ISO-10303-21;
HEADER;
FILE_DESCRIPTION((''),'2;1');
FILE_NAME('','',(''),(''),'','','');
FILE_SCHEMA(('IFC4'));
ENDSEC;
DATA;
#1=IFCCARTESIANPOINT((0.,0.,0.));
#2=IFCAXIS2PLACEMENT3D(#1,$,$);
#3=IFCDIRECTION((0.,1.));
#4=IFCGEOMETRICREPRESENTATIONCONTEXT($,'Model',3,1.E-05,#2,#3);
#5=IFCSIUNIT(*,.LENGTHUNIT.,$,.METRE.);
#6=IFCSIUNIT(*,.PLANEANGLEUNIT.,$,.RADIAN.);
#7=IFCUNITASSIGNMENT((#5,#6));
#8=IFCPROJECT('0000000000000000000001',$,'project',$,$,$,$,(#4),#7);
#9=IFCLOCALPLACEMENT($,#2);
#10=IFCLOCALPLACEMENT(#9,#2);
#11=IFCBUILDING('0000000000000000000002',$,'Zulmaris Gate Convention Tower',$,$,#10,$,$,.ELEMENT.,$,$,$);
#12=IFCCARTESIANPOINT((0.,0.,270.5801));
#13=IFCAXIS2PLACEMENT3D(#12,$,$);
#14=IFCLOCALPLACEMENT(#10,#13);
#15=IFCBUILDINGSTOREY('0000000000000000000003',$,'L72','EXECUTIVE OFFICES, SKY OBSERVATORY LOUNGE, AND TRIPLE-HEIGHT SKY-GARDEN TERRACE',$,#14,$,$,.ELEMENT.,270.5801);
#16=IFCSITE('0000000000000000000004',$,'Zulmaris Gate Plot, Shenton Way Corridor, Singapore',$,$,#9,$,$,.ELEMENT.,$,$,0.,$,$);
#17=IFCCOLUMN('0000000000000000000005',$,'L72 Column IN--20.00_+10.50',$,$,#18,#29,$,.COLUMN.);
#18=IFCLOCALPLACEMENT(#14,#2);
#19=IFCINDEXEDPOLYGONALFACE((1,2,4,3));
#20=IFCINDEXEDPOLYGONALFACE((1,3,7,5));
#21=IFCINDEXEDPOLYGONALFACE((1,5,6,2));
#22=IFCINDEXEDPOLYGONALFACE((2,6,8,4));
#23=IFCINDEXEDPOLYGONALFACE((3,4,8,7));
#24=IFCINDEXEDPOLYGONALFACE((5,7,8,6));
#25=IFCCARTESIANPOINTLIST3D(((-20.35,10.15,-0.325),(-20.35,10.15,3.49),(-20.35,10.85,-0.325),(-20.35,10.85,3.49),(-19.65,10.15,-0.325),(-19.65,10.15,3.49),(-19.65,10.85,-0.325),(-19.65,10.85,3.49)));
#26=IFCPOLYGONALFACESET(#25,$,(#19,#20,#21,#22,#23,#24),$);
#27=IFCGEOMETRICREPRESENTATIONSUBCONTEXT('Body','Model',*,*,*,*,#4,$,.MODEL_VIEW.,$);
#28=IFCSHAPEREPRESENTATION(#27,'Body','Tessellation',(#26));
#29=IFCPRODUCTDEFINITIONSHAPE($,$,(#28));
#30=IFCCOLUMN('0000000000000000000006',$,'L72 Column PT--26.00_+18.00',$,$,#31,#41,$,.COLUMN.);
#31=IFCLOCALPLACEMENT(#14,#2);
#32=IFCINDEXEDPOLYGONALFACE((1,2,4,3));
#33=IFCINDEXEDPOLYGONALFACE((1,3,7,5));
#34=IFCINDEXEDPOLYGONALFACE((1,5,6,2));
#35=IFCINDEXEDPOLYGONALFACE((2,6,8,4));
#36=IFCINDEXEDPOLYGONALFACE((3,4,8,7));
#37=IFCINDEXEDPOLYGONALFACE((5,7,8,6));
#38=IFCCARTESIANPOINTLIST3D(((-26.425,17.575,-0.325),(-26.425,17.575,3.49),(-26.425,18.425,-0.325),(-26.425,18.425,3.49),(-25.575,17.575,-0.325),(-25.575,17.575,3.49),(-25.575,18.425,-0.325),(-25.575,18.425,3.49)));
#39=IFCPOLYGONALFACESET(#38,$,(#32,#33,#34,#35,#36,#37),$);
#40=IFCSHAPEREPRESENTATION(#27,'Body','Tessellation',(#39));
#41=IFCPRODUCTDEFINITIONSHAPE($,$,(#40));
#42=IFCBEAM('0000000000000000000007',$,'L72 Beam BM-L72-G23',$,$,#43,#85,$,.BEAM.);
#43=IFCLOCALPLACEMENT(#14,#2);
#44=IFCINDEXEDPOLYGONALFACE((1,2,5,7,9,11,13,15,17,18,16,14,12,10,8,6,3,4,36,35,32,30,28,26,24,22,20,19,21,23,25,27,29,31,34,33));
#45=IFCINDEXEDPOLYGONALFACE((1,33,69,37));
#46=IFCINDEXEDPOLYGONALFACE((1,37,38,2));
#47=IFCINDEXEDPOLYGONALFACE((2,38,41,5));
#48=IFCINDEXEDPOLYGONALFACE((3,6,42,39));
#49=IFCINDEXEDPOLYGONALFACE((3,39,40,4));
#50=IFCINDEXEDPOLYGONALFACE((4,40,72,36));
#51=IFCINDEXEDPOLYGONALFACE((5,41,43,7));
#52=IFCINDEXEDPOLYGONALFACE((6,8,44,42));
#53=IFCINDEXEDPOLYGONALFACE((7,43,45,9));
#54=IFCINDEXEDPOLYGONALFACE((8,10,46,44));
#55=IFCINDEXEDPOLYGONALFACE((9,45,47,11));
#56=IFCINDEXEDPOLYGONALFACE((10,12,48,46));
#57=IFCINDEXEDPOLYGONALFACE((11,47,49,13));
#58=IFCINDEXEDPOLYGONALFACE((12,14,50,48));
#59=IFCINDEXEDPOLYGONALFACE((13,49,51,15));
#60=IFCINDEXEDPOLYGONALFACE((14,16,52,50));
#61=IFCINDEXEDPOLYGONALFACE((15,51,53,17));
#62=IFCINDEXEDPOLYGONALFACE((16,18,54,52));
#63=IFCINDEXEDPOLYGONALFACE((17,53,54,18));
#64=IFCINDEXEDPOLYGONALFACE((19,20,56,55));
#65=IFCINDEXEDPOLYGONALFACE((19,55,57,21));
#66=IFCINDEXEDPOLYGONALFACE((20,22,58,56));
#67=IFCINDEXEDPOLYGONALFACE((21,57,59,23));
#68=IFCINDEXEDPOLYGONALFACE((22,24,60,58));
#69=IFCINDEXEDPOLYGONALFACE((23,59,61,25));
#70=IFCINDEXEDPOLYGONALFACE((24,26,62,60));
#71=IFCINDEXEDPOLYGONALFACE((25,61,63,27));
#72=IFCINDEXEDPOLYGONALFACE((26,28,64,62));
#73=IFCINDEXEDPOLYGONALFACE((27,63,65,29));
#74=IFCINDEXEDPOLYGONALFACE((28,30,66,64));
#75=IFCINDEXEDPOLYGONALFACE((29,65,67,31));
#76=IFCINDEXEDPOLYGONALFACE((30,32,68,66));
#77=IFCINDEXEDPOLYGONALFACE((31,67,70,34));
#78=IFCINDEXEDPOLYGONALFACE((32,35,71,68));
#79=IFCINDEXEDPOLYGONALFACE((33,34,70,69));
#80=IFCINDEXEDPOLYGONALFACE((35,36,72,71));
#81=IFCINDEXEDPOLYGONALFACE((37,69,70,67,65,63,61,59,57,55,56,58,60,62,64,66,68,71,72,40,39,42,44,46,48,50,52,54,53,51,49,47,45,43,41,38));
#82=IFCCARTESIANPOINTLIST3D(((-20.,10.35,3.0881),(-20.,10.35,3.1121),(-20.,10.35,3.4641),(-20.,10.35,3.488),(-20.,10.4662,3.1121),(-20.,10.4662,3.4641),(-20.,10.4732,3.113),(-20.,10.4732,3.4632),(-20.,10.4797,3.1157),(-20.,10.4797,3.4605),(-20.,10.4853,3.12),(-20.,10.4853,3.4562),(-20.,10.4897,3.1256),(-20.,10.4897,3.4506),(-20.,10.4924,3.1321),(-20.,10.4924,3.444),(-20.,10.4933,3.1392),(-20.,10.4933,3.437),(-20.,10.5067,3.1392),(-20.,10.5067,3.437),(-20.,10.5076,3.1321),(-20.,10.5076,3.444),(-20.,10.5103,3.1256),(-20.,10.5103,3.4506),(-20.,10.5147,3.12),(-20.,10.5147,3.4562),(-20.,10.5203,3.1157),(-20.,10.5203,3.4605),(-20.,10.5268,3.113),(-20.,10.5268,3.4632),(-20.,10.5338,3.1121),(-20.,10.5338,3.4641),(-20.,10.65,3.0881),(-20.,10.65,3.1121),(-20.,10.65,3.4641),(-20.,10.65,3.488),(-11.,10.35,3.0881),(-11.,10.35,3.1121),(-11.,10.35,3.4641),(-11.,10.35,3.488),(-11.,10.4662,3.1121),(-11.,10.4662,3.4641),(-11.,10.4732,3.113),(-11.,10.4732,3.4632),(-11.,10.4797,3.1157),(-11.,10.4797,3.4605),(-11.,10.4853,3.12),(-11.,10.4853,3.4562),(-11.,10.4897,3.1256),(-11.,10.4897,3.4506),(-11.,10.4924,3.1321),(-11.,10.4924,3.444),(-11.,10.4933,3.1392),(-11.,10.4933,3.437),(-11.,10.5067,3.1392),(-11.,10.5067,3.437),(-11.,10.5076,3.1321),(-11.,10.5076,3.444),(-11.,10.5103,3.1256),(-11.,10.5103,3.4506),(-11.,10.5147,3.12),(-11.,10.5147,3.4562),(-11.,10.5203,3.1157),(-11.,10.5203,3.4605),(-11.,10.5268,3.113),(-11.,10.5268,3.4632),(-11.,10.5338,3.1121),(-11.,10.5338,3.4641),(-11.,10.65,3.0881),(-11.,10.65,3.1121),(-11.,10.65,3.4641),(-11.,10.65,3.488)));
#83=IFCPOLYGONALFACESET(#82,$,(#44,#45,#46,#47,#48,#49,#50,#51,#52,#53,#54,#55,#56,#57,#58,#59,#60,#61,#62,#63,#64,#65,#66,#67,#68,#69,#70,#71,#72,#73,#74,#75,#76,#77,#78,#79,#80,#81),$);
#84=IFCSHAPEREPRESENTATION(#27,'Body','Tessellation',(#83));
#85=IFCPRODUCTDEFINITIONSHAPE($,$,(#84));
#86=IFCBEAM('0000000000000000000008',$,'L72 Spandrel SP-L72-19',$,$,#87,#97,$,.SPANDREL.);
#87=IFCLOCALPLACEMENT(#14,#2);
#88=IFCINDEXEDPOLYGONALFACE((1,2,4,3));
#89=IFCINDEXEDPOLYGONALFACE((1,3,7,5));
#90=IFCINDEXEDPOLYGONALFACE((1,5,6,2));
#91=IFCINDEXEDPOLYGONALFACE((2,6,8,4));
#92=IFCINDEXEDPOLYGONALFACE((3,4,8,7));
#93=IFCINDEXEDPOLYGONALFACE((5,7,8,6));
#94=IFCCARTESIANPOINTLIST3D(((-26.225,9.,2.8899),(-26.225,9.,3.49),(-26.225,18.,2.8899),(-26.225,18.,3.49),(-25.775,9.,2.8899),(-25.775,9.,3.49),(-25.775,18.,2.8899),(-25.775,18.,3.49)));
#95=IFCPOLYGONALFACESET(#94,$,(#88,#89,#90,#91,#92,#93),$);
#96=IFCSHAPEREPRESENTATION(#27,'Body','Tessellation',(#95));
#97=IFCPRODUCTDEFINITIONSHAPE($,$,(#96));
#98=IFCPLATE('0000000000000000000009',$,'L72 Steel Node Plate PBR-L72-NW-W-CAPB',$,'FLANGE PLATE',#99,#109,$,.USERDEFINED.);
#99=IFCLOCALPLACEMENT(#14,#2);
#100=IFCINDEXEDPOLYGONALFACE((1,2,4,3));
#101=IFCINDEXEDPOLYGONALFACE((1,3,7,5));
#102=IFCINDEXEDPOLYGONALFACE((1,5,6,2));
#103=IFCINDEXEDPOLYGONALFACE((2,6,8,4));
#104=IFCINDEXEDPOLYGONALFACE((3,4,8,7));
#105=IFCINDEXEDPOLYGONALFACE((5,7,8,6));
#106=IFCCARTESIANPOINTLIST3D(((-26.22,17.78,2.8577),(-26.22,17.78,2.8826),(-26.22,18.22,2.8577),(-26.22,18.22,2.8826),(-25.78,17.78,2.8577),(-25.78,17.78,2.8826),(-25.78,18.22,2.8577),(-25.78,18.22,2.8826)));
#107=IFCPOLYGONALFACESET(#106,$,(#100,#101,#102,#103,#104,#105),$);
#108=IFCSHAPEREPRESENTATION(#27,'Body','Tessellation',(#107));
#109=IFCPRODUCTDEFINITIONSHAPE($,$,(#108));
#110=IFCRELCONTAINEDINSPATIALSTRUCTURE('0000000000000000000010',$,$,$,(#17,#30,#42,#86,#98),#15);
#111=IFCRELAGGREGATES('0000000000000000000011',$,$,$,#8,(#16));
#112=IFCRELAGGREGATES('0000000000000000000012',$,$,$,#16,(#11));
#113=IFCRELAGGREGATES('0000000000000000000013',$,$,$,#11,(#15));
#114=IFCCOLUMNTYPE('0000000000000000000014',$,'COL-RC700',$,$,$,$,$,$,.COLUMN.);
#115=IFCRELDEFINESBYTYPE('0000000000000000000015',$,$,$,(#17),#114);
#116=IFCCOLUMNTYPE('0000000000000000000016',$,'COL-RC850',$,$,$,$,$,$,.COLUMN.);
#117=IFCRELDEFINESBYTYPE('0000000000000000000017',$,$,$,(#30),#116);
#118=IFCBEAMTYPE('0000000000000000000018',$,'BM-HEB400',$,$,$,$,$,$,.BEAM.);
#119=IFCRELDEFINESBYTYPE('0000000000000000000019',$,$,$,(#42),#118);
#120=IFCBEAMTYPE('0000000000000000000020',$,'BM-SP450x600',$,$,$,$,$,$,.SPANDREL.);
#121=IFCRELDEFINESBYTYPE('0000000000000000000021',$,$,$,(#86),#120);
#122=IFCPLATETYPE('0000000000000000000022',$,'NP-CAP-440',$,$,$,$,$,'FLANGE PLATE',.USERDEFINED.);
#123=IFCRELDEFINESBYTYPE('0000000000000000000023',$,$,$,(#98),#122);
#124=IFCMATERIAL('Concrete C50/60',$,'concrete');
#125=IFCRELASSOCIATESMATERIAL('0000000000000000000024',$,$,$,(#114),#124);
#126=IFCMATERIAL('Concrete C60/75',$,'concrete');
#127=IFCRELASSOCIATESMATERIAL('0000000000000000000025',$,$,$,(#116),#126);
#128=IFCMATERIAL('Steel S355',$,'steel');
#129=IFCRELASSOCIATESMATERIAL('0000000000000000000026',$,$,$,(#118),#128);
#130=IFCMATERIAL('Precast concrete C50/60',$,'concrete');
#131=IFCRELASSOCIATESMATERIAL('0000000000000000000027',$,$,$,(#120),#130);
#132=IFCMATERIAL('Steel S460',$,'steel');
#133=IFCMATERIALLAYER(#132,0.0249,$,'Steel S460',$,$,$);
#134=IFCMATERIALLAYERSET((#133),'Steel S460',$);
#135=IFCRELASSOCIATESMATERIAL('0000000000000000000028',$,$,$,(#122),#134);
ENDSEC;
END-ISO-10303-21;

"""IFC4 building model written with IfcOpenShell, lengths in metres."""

from ifc_helpers import new_model, si_unit, direction, frame, origin, origin_2d, place, context, subcontext, project, spatial, rectangle, i_section, extrude, material, layer, layer_set, material_profile, profile_set, type_object, element, save


model = new_model("IFC4")

# Units and contexts
model_context = context("Model", 3, precision=1e-05, world=origin(), true_north=direction((0.0, 1.0)))
body_context = subcontext(model_context, "Body", "Model", "MODEL_VIEW")
ifc_project = project(units=[si_unit("LENGTHUNIT", "METRE"), si_unit("PLANEANGLEUNIT", "RADIAN")], contexts=[model_context])

# Site, building, storey
site_placement = place(None, origin())
site = spatial("IfcSite", under=ifc_project, at=site_placement, Name="Zulmaris Gate Plot, Shenton Way Corridor, Singapore", CompositionType="ELEMENT", RefElevation=0.0)
building_placement = place(site_placement, origin())
building = spatial("IfcBuilding", under=site, at=building_placement, Name="Zulmaris Gate Convention Tower", CompositionType="ELEMENT")
storey_placement = place(building_placement, frame((0.0, 0.0, 270.5801)))
storey = spatial("IfcBuildingStorey", under=building, at=storey_placement, Name="L72", Description="EXECUTIVE OFFICES, SKY OBSERVATORY LOUNGE, AND TRIPLE-HEIGHT SKY-GARDEN TERRACE", CompositionType="ELEMENT", Elevation=270.5801)

# Columns
ifc_material_1 = material(Name="Concrete C50/60", Category="concrete")
ifc_material_profile_1 = material_profile(ifc_material_1, rectangle(XDim=0.7, YDim=0.7, at=origin_2d()), Name="RC COL 700x700")
ifc_profile_set_1 = profile_set([ifc_material_profile_1], Name="Concrete C50/60")
column_type_1 = type_object("IfcColumnType", Name="COL-RC700", PredefinedType="COLUMN", material=ifc_profile_set_1)
column_1_placement = place(storey_placement, frame((-20.0, 10.5, -0.325), z_axis=(0.0, 0.0, 1.0), x_axis=(1.0, 0.0, 0.0)))
element("IfcColumn", 1, at=column_1_placement, inside=storey, type_object=column_type_1, Name="L72 Column IN--20.00_+10.50", PredefinedType="COLUMN", context=body_context, shape_type="SweptSolid", body=[
    extrude(rectangle(XDim=0.7, YDim=0.7, at=origin_2d()), origin(), (0.0, 0.0, 1.0), 3.8149),
])
ifc_material_2 = material(Name="Concrete C60/75", Category="concrete")
ifc_material_profile_2 = material_profile(ifc_material_2, rectangle(XDim=0.8501, YDim=0.8501, at=origin_2d()), Name="RC COL 850x850")
ifc_profile_set_2 = profile_set([ifc_material_profile_2], Name="Concrete C60/75")
column_type_2 = type_object("IfcColumnType", Name="COL-RC850", PredefinedType="COLUMN", material=ifc_profile_set_2)
column_2_placement = place(storey_placement, frame((-26.0, 18.0, -0.325), z_axis=(0.0, 0.0, 1.0), x_axis=(1.0, 0.0, 0.0)))
element("IfcColumn", 2, at=column_2_placement, inside=storey, type_object=column_type_2, Name="L72 Column PT--26.00_+18.00", PredefinedType="COLUMN", context=body_context, shape_type="SweptSolid", body=[
    extrude(rectangle(XDim=0.8501, YDim=0.8501, at=origin_2d()), origin(), (0.0, 0.0, 1.0), 3.8149),
])

# Beams
ifc_material_3 = material(Name="Steel S355", Category="steel")
ifc_material_profile_3 = material_profile(ifc_material_3, i_section(OverallWidth=0.3, OverallDepth=0.3999, WebThickness=0.0134, FlangeThickness=0.0239, FilletRadius=0.0271, at=origin_2d()), Name="HEB 400")
ifc_profile_set_3 = profile_set([ifc_material_profile_3], Name="Steel S355")
beam_type_1 = type_object("IfcBeamType", Name="BM-HEB400", PredefinedType="BEAM", material=ifc_profile_set_3)
beam_1_placement = place(storey_placement, frame((-20.0, 10.5, 3.2881), z_axis=(1.0, 0.0, 0.0), x_axis=(0.0, 1.0, 0.0)))
element("IfcBeam", 3, at=beam_1_placement, inside=storey, type_object=beam_type_1, Name="L72 Beam BM-L72-G23", PredefinedType="BEAM", context=body_context, shape_type="SweptSolid", body=[
    extrude(i_section(OverallWidth=0.3, OverallDepth=0.3999, WebThickness=0.0134, FlangeThickness=0.0239, FilletRadius=0.0271, at=origin_2d()), origin(), (0.0, 0.0, 1.0), 9.0),
])
ifc_material_4 = material(Name="Precast concrete C50/60", Category="concrete")
ifc_material_profile_4 = material_profile(ifc_material_4, rectangle(XDim=0.45, YDim=0.6001, at=origin_2d()), Name="RC SPANDREL 450x600")
ifc_profile_set_4 = profile_set([ifc_material_profile_4], Name="Precast concrete C50/60")
beam_type_2 = type_object("IfcBeamType", Name="BM-SP450x600", PredefinedType="SPANDREL", material=ifc_profile_set_4)
beam_2_placement = place(storey_placement, frame((-26.0, 18.0, 3.1899), z_axis=(0.0, -1.0, 0.0), x_axis=(1.0, 0.0, 0.0)))
element("IfcBeam", 4, at=beam_2_placement, inside=storey, type_object=beam_type_2, Name="L72 Spandrel SP-L72-19", PredefinedType="SPANDREL", context=body_context, shape_type="SweptSolid", body=[
    extrude(rectangle(XDim=0.45, YDim=0.6001, at=origin_2d()), origin(), (0.0, 0.0, 1.0), 9.0),
])

# Plate
ifc_material_5 = material(Name="Steel S460", Category="steel")
ifc_layer_1 = layer(ifc_material_5, 0.0249, Name="Steel S460")
ifc_layer_set_1 = layer_set([ifc_layer_1], Name="Steel S460")
plate_type = type_object("IfcPlateType", Name="NP-CAP-440", ElementType="FLANGE PLATE", PredefinedType="USERDEFINED", material=ifc_layer_set_1)
plate_placement = place(storey_placement, frame((-26.0, 18.0, 2.8577), z_axis=(0.0, 0.0, 1.0), x_axis=(1.0, 0.0, 0.0)))
element("IfcPlate", 5, at=plate_placement, inside=storey, type_object=plate_type, Name="L72 Steel Node Plate PBR-L72-NW-W-CAPB", ObjectType="FLANGE PLATE", PredefinedType="USERDEFINED", context=body_context, shape_type="SweptSolid", body=[
    extrude(rectangle(XDim=0.4399, YDim=0.4399, at=origin_2d()), origin(), (0.0, 0.0, 1.0), 0.0249),
])

save(model, "model.ifc")
